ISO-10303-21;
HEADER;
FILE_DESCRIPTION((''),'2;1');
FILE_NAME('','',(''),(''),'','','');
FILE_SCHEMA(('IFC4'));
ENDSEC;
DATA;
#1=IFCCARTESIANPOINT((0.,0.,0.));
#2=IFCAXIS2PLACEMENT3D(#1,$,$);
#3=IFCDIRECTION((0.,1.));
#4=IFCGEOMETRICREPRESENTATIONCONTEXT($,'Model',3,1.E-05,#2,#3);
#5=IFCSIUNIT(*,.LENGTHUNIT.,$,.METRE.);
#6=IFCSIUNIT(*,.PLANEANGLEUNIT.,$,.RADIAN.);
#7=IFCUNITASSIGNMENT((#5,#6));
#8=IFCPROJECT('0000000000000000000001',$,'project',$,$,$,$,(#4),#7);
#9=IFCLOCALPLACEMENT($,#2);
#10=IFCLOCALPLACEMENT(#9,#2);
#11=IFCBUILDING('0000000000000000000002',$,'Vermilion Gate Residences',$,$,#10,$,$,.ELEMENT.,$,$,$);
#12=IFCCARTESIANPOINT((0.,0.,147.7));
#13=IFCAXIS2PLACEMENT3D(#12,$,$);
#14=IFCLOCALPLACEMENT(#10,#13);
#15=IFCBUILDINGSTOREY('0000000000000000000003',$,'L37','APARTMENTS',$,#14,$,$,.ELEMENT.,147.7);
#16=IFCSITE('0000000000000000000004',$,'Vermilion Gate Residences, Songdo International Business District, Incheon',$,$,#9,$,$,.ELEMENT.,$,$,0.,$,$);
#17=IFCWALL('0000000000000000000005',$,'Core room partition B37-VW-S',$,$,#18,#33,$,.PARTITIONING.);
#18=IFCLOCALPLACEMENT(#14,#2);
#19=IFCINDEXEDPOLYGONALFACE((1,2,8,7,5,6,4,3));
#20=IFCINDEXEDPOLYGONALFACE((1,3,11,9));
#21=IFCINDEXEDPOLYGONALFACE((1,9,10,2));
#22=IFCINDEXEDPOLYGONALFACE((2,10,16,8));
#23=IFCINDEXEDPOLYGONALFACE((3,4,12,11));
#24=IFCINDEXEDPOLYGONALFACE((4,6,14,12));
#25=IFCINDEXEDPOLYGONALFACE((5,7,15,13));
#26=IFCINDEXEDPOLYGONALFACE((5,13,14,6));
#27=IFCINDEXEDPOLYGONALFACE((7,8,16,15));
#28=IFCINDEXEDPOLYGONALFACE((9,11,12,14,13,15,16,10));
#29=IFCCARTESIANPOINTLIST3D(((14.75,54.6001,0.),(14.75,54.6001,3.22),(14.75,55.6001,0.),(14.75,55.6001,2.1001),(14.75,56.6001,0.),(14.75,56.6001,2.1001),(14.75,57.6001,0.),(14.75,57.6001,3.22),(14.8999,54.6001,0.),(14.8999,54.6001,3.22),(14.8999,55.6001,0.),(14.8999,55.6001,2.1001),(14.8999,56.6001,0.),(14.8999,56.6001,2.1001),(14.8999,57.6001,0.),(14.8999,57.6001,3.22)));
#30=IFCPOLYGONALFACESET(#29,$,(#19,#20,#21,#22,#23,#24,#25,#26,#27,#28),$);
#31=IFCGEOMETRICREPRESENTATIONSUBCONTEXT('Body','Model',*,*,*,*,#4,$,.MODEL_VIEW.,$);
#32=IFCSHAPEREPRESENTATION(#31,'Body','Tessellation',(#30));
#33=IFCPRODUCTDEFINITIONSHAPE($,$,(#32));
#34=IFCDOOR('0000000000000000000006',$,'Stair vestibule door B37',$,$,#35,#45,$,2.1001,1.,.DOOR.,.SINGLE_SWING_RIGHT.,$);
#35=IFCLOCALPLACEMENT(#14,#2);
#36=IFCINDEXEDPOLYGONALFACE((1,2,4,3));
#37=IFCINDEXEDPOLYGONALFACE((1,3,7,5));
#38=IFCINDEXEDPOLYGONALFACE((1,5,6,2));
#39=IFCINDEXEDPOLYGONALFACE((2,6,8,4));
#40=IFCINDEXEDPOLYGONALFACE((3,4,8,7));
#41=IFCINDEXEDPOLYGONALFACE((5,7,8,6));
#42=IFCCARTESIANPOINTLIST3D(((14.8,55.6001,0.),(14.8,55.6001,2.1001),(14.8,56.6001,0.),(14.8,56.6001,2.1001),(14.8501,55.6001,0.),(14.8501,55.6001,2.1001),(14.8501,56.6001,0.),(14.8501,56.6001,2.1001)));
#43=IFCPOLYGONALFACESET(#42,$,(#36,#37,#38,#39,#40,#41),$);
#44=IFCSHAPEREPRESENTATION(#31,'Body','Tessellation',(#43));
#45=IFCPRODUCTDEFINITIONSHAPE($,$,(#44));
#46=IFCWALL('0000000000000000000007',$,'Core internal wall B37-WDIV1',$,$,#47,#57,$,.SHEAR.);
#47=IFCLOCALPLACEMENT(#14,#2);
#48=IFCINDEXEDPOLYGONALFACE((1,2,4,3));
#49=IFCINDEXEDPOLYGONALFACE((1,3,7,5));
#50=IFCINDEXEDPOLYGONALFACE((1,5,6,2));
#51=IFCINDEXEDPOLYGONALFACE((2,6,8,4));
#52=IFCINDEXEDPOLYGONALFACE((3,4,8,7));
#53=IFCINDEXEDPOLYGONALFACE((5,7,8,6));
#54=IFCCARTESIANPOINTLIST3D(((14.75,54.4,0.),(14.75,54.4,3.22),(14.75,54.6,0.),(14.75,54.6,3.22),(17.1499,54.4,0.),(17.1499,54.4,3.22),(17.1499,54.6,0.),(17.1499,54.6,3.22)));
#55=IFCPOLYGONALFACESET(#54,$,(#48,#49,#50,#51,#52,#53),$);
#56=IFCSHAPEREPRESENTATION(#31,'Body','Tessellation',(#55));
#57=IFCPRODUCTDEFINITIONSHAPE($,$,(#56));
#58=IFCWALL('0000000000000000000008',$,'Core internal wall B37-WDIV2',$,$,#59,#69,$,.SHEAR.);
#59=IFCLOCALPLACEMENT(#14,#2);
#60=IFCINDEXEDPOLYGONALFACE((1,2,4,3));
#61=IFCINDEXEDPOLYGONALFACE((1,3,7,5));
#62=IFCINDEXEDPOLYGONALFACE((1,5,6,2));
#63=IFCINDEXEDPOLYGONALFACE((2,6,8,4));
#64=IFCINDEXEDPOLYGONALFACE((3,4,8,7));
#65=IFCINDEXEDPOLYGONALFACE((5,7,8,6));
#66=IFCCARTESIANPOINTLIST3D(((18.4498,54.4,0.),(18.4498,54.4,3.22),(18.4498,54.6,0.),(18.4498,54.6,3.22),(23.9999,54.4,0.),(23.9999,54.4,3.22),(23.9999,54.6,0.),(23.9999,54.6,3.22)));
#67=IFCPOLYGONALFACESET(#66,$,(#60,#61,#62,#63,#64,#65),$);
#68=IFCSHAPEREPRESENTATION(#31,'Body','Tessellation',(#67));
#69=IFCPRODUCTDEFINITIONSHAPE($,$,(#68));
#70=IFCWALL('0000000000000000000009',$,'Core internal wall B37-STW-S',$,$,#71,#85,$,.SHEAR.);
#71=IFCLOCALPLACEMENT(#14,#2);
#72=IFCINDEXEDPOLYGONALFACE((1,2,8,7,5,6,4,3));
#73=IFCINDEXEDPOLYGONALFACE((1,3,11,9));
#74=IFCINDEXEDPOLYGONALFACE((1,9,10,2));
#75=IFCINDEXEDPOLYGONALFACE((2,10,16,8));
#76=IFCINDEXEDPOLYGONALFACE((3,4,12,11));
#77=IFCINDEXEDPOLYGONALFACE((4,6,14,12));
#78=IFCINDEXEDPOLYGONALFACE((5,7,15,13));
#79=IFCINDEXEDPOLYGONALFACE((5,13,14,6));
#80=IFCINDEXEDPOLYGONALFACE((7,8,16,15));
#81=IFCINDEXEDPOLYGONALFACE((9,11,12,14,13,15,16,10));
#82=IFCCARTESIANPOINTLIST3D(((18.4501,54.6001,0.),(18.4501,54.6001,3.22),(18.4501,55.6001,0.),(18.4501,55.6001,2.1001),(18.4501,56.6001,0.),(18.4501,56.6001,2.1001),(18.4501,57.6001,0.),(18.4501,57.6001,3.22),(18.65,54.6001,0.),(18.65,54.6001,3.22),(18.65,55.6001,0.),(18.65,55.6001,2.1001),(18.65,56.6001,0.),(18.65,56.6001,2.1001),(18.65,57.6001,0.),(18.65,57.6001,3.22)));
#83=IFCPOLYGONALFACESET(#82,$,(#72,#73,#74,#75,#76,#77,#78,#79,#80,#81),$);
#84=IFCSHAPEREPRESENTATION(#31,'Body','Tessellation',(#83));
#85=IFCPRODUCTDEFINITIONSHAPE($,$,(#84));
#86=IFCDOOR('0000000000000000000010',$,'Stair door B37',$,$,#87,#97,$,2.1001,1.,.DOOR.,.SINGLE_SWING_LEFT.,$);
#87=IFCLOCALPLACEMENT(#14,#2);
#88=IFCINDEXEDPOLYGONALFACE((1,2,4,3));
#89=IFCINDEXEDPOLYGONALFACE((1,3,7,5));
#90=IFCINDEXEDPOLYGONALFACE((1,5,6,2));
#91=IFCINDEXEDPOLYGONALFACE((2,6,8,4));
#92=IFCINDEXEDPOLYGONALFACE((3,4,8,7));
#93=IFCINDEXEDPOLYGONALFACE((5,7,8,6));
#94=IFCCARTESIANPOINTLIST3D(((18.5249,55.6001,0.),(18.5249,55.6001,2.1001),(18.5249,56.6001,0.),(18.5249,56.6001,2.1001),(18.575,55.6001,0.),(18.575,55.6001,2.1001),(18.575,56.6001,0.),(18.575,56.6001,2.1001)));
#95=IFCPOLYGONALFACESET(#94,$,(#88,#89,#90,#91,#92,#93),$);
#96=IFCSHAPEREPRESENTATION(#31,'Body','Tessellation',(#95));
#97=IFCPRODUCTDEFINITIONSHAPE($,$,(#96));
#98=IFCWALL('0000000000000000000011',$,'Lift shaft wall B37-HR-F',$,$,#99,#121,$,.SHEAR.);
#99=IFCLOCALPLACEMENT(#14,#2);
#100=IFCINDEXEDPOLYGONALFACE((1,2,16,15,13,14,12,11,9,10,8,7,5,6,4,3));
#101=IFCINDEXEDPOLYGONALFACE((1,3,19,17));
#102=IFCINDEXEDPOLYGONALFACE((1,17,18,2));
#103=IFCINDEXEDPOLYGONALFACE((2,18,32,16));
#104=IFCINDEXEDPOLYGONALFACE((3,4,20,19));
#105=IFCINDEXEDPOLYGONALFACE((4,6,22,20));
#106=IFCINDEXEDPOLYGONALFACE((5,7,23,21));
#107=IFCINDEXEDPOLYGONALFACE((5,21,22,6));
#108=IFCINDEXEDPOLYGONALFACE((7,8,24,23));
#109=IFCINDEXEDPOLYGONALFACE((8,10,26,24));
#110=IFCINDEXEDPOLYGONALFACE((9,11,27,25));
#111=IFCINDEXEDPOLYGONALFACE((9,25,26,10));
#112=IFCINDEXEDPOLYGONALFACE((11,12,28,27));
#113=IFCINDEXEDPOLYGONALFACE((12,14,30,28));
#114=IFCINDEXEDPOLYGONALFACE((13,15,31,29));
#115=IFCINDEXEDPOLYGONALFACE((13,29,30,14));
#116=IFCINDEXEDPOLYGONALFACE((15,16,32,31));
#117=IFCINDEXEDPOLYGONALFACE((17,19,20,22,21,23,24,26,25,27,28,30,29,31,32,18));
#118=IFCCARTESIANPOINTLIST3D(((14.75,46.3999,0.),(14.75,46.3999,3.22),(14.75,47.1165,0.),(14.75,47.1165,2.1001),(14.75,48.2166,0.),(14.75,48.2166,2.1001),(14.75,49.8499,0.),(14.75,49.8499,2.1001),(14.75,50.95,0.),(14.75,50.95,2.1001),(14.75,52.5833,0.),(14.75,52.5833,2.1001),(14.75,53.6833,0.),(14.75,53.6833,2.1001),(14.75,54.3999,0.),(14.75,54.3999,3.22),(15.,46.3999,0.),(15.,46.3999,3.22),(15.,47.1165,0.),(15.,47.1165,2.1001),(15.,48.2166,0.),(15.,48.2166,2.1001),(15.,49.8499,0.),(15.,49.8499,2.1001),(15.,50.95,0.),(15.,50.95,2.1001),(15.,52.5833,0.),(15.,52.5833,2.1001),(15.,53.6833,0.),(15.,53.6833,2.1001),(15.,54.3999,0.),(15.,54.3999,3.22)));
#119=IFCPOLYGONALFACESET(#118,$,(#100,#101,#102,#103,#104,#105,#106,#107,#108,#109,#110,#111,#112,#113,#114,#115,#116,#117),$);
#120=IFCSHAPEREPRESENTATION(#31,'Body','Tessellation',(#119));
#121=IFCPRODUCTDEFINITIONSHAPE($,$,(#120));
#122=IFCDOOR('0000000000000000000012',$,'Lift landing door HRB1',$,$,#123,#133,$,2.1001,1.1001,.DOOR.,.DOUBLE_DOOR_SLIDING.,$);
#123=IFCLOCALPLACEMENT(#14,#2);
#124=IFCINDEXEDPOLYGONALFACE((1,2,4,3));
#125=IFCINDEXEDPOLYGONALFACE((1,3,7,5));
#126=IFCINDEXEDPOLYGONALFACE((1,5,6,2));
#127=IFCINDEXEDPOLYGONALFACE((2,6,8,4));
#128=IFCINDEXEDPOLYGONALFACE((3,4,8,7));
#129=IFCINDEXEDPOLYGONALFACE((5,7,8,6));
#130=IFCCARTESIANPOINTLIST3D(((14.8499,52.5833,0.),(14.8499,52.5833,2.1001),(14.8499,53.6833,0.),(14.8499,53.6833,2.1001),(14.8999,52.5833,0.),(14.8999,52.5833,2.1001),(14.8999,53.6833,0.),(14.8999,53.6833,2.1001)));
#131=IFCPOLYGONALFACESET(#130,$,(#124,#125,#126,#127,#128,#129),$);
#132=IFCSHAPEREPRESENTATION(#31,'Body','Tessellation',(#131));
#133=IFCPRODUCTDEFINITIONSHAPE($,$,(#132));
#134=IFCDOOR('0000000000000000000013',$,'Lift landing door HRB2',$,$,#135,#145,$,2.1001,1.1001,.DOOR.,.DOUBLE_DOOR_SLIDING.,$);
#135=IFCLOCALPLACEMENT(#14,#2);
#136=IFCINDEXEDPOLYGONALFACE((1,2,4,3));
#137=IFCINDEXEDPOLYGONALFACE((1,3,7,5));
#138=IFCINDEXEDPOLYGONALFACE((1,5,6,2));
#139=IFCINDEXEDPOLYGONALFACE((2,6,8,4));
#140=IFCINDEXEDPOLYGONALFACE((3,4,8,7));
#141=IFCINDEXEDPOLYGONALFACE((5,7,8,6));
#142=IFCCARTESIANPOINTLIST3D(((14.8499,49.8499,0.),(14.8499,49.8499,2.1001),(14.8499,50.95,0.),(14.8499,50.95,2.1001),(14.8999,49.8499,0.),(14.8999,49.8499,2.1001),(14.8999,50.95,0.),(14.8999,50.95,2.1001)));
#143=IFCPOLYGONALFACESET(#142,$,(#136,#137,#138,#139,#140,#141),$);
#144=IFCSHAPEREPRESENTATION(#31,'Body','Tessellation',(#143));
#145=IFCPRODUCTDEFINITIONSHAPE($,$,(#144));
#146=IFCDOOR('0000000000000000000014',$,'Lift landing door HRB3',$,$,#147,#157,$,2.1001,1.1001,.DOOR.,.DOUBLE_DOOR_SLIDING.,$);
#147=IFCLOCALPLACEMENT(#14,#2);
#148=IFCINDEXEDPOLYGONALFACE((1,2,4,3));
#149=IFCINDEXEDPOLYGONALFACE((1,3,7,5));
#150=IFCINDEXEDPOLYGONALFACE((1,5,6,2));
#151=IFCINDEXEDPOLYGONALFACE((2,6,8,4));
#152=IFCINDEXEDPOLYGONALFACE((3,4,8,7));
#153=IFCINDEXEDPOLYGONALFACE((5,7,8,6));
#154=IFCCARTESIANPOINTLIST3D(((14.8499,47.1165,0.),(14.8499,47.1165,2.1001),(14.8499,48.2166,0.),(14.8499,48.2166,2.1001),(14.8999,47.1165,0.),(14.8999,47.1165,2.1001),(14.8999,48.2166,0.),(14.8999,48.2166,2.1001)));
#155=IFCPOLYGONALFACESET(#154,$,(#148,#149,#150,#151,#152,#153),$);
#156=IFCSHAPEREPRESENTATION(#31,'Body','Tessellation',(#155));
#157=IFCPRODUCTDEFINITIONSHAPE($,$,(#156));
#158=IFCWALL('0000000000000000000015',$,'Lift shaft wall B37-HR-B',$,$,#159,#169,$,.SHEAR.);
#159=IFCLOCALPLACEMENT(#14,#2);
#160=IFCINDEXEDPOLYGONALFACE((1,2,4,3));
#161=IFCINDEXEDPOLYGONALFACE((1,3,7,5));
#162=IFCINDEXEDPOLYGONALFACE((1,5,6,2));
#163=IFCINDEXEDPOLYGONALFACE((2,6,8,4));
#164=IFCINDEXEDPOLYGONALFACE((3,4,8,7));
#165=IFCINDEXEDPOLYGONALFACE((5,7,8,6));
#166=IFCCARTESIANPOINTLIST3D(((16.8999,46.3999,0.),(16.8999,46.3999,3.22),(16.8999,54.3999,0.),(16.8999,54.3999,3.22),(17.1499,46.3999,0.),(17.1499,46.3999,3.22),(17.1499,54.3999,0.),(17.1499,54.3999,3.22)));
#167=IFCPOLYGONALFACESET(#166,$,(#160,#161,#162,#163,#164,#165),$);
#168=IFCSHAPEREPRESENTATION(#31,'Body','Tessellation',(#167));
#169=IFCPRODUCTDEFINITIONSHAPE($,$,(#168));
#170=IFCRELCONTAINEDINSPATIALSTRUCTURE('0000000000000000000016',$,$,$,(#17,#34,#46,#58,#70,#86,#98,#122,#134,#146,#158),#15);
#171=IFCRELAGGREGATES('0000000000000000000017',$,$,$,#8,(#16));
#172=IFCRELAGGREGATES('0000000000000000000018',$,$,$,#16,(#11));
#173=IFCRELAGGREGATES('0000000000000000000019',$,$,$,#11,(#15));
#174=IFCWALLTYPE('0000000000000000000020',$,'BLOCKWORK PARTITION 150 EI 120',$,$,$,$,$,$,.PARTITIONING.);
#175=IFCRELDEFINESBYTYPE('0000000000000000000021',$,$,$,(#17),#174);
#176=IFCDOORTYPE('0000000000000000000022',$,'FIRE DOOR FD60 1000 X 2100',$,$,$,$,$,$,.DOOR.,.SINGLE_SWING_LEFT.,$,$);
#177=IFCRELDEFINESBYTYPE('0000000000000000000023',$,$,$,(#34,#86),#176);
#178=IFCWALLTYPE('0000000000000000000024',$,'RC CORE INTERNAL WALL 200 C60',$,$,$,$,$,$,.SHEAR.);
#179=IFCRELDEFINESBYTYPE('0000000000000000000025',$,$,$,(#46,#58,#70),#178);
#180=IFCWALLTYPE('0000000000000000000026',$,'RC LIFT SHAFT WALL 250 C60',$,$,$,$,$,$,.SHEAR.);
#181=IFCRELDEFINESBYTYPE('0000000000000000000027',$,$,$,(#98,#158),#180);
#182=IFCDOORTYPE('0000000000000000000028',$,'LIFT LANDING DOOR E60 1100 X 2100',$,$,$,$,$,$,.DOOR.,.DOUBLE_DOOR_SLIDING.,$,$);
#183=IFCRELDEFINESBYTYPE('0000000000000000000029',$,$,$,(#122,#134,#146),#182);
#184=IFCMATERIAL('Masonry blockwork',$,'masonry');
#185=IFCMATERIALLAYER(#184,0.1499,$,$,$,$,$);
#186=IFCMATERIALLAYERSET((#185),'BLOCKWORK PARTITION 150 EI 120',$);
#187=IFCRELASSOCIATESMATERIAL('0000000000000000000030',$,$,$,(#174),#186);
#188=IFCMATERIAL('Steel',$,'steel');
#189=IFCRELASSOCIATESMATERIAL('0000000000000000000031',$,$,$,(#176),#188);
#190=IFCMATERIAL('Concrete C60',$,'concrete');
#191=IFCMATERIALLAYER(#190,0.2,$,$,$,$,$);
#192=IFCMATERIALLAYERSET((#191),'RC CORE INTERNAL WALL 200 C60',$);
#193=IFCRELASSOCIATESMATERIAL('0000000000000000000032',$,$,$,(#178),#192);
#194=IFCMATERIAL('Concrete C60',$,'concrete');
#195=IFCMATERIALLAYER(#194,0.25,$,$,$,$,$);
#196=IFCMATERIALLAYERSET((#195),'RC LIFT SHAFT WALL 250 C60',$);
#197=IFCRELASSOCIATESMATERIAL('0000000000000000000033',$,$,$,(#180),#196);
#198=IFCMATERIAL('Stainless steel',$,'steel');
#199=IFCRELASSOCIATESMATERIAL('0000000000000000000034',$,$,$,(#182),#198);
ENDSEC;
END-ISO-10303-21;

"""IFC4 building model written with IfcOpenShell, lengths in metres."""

from ifc_helpers import new_model, si_unit, direction, frame, frame_2d, origin, place, context, subcontext, project, spatial, rectangle, extrude, material, layer, layer_set, type_object, element, fill, save


model = new_model("IFC4")

# Units and contexts
model_context = context("Model", 3, precision=1e-05, world=origin(), true_north=direction((0.0, 1.0)))
body_context = subcontext(model_context, "Body", "Model", "MODEL_VIEW")
ifc_project = project(units=[si_unit("LENGTHUNIT", "METRE"), si_unit("PLANEANGLEUNIT", "RADIAN")], contexts=[model_context])

# Site, building, storey
site_placement = place(None, origin())
site = spatial("IfcSite", under=ifc_project, at=site_placement, Name="Vermilion Gate Residences, Songdo International Business District, Incheon", CompositionType="ELEMENT", RefElevation=0.0)
building_placement = place(site_placement, origin())
building = spatial("IfcBuilding", under=site, at=building_placement, Name="Vermilion Gate Residences", CompositionType="ELEMENT")
storey_placement = place(building_placement, frame((0.0, 0.0, 147.7)))
storey = spatial("IfcBuildingStorey", under=building, at=storey_placement, Name="L37", Description="APARTMENTS", CompositionType="ELEMENT", Elevation=147.7)

# Wall, opening, door
ifc_material_1 = material(Name="Masonry blockwork", Category="masonry")
ifc_layer_1 = layer(ifc_material_1, 0.1499)
ifc_layer_set_1 = layer_set([ifc_layer_1], Name="BLOCKWORK PARTITION 150 EI 120")
wall_type_1 = type_object("IfcWallType", Name="BLOCKWORK PARTITION 150 EI 120", PredefinedType="PARTITIONING", material=ifc_layer_set_1)
wall_1_placement = place(storey_placement, frame((14.825, 57.6001, 0.0), z_axis=(0.0, 0.0, 1.0), x_axis=(0.0, -1.0, 0.0)))
wall_1 = element("IfcWall", 1, at=wall_1_placement, inside=storey, type_object=wall_type_1, Name="Core room partition B37-VW-S", PredefinedType="PARTITIONING", context=body_context, shape_type="SweptSolid", body=[
    extrude(rectangle(XDim=3.0, YDim=0.1499, at=frame_2d((1.5, 0.0))), origin(), (0.0, 0.0, 1.0), 3.22),
])
opening_1_placement = place(wall_1_placement, frame((1.0, 0.0, 0.0)))
opening_1 = element("IfcOpeningElement", 2, at=opening_1_placement, cuts=wall_1, PredefinedType="OPENING", context=body_context, shape_type="SweptSolid", body=[
    extrude(rectangle(XDim=1.0, YDim=2.1001, at=frame_2d((0.5, 1.05))), frame((0.0, 0.085, 0.0), z_axis=(0.0, -1.0, 0.0), x_axis=(1.0, 0.0, 0.0)), (0.0, 0.0, 1.0), 0.1699),
])
ifc_material_2 = material(Name="Steel", Category="steel")
door_type_1 = type_object("IfcDoorType", Name="FIRE DOOR FD60 1000 X 2100", OperationType="SINGLE_SWING_LEFT", PredefinedType="DOOR", material=ifc_material_2)
door_1_placement = place(opening_1_placement, frame((1.0, 0.0, 0.0), z_axis=(0.0, 0.0, 1.0), x_axis=(-1.0, 0.0, 0.0)))
door_1 = element("IfcDoor", 3, at=door_1_placement, inside=storey, type_object=door_type_1, Name="Stair vestibule door B37", OperationType="SINGLE_SWING_RIGHT", OverallHeight=2.1001, OverallWidth=1.0, PredefinedType="DOOR", context=body_context, shape_type="SweptSolid", body=[
    extrude(rectangle(XDim=1.0, YDim=2.1001, at=frame_2d((0.5, 1.05))), frame((0.0, 0.0249, 0.0), z_axis=(0.0, -1.0, 0.0), x_axis=(1.0, 0.0, 0.0)), (0.0, 0.0, 1.0), 0.05),
])
fill(opening_1, door_1)

# Walls
ifc_material_3 = material(Name="Concrete C60", Category="concrete")
ifc_layer_2 = layer(ifc_material_3, 0.2)
ifc_layer_set_2 = layer_set([ifc_layer_2], Name="RC CORE INTERNAL WALL 200 C60")
wall_type_2 = type_object("IfcWallType", Name="RC CORE INTERNAL WALL 200 C60", PredefinedType="SHEAR", material=ifc_layer_set_2)
wall_2_placement = place(storey_placement, frame((14.75, 54.5, 0.0), z_axis=(0.0, 0.0, 1.0), x_axis=(1.0, 0.0, 0.0)))
element("IfcWall", 4, at=wall_2_placement, inside=storey, type_object=wall_type_2, Name="Core internal wall B37-WDIV1", PredefinedType="SHEAR", context=body_context, shape_type="SweptSolid", body=[
    extrude(rectangle(XDim=2.3999, YDim=0.2, at=frame_2d((1.2, 0.0))), origin(), (0.0, 0.0, 1.0), 3.22),
])
wall_3_placement = place(storey_placement, frame((18.45, 54.5, 0.0), z_axis=(0.0, 0.0, 1.0), x_axis=(1.0, 0.0, 0.0)))
element("IfcWall", 5, at=wall_3_placement, inside=storey, type_object=wall_type_2, Name="Core internal wall B37-WDIV2", PredefinedType="SHEAR", context=body_context, shape_type="SweptSolid", body=[
    extrude(rectangle(XDim=5.55, YDim=0.2, at=frame_2d((2.7749, 0.0))), origin(), (0.0, 0.0, 1.0), 3.22),
])

# Wall, opening, door
wall_4_placement = place(storey_placement, frame((18.55, 57.6001, 0.0), z_axis=(0.0, 0.0, 1.0), x_axis=(0.0, -1.0, 0.0)))
wall_4 = element("IfcWall", 6, at=wall_4_placement, inside=storey, type_object=wall_type_2, Name="Core internal wall B37-STW-S", PredefinedType="SHEAR", context=body_context, shape_type="SweptSolid", body=[
    extrude(rectangle(XDim=3.0, YDim=0.2, at=frame_2d((1.5, 0.0))), origin(), (0.0, 0.0, 1.0), 3.22),
])
opening_2_placement = place(wall_4_placement, frame((1.0, 0.0, 0.0)))
opening_2 = element("IfcOpeningElement", 7, at=opening_2_placement, cuts=wall_4, PredefinedType="OPENING", context=body_context, shape_type="SweptSolid", body=[
    extrude(rectangle(XDim=1.0, YDim=2.1001, at=frame_2d((0.5, 1.05))), frame((0.0, 0.1099, 0.0), z_axis=(0.0, -1.0, 0.0), x_axis=(1.0, 0.0, 0.0)), (0.0, 0.0, 1.0), 0.22),
])
door_2_placement = place(opening_2_placement, origin())
door_2 = element("IfcDoor", 8, at=door_2_placement, inside=storey, type_object=door_type_1, Name="Stair door B37", OperationType="SINGLE_SWING_LEFT", OverallHeight=2.1001, OverallWidth=1.0, PredefinedType="DOOR", context=body_context, shape_type="SweptSolid", body=[
    extrude(rectangle(XDim=1.0, YDim=2.1001, at=frame_2d((0.5, 1.05))), frame((0.0, 0.0249, 0.0), z_axis=(0.0, -1.0, 0.0), x_axis=(1.0, 0.0, 0.0)), (0.0, 0.0, 1.0), 0.05),
])
fill(opening_2, door_2)

# Wall, openings, doors
ifc_material_4 = material(Name="Concrete C60", Category="concrete")
ifc_layer_3 = layer(ifc_material_4, 0.25)
ifc_layer_set_3 = layer_set([ifc_layer_3], Name="RC LIFT SHAFT WALL 250 C60")
wall_type_3 = type_object("IfcWallType", Name="RC LIFT SHAFT WALL 250 C60", PredefinedType="SHEAR", material=ifc_layer_set_3)
wall_5_placement = place(storey_placement, frame((14.875, 54.3999, 0.0), z_axis=(0.0, 0.0, 1.0), x_axis=(0.0, -1.0, 0.0)))
wall_5 = element("IfcWall", 9, at=wall_5_placement, inside=storey, type_object=wall_type_3, Name="Lift shaft wall B37-HR-F", PredefinedType="SHEAR", context=body_context, shape_type="SweptSolid", body=[
    extrude(rectangle(XDim=8.0, YDim=0.25, at=frame_2d((4.0, 0.0))), origin(), (0.0, 0.0, 1.0), 3.22),
])
opening_3_placement = place(wall_5_placement, frame((0.7166, 0.0, 0.0)))
opening_3 = element("IfcOpeningElement", 10, at=opening_3_placement, cuts=wall_5, PredefinedType="OPENING", context=body_context, shape_type="SweptSolid", body=[
    extrude(rectangle(XDim=1.1001, YDim=2.1001, at=frame_2d((0.55, 1.05))), frame((0.0, 0.135, 0.0), z_axis=(0.0, -1.0, 0.0), x_axis=(1.0, 0.0, 0.0)), (0.0, 0.0, 1.0), 0.27),
])
opening_4_placement = place(wall_5_placement, frame((3.45, 0.0, 0.0)))
opening_4 = element("IfcOpeningElement", 11, at=opening_4_placement, cuts=wall_5, PredefinedType="OPENING", context=body_context, shape_type="SweptSolid", body=[
    extrude(rectangle(XDim=1.1001, YDim=2.1001, at=frame_2d((0.55, 1.05))), frame((0.0, 0.135, 0.0), z_axis=(0.0, -1.0, 0.0), x_axis=(1.0, 0.0, 0.0)), (0.0, 0.0, 1.0), 0.27),
])
opening_5_placement = place(wall_5_placement, frame((6.1833, 0.0, 0.0)))
opening_5 = element("IfcOpeningElement", 12, at=opening_5_placement, cuts=wall_5, PredefinedType="OPENING", context=body_context, shape_type="SweptSolid", body=[
    extrude(rectangle(XDim=1.1001, YDim=2.1001, at=frame_2d((0.55, 1.05))), frame((0.0, 0.135, 0.0), z_axis=(0.0, -1.0, 0.0), x_axis=(1.0, 0.0, 0.0)), (0.0, 0.0, 1.0), 0.27),
])
ifc_material_5 = material(Name="Stainless steel", Category="steel")
door_type_2 = type_object("IfcDoorType", Name="LIFT LANDING DOOR E60 1100 X 2100", OperationType="DOUBLE_DOOR_SLIDING", PredefinedType="DOOR", material=ifc_material_5)
door_3_placement = place(opening_3_placement, origin())
door_3 = element("IfcDoor", 13, at=door_3_placement, inside=storey, type_object=door_type_2, Name="Lift landing door HRB1", OperationType="DOUBLE_DOOR_SLIDING", OverallHeight=2.1001, OverallWidth=1.1001, PredefinedType="DOOR", context=body_context, shape_type="SweptSolid", body=[
    extrude(rectangle(XDim=1.1001, YDim=2.1001, at=frame_2d((0.55, 1.05))), frame((0.0, 0.0249, 0.0), z_axis=(0.0, -1.0, 0.0), x_axis=(1.0, 0.0, 0.0)), (0.0, 0.0, 1.0), 0.05),
])
fill(opening_3, door_3)
door_4_placement = place(opening_4_placement, origin())
door_4 = element("IfcDoor", 14, at=door_4_placement, inside=storey, type_object=door_type_2, Name="Lift landing door HRB2", OperationType="DOUBLE_DOOR_SLIDING", OverallHeight=2.1001, OverallWidth=1.1001, PredefinedType="DOOR", context=body_context, shape_type="SweptSolid", body=[
    extrude(rectangle(XDim=1.1001, YDim=2.1001, at=frame_2d((0.55, 1.05))), frame((0.0, 0.0249, 0.0), z_axis=(0.0, -1.0, 0.0), x_axis=(1.0, 0.0, 0.0)), (0.0, 0.0, 1.0), 0.05),
])
fill(opening_4, door_4)
door_5_placement = place(opening_5_placement, origin())
door_5 = element("IfcDoor", 15, at=door_5_placement, inside=storey, type_object=door_type_2, Name="Lift landing door HRB3", OperationType="DOUBLE_DOOR_SLIDING", OverallHeight=2.1001, OverallWidth=1.1001, PredefinedType="DOOR", context=body_context, shape_type="SweptSolid", body=[
    extrude(rectangle(XDim=1.1001, YDim=2.1001, at=frame_2d((0.55, 1.05))), frame((0.0, 0.0249, 0.0), z_axis=(0.0, -1.0, 0.0), x_axis=(1.0, 0.0, 0.0)), (0.0, 0.0, 1.0), 0.05),
])
fill(opening_5, door_5)

# Wall
wall_6_placement = place(storey_placement, frame((17.0249, 54.3999, 0.0), z_axis=(0.0, 0.0, 1.0), x_axis=(0.0, -1.0, 0.0)))
element("IfcWall", 16, at=wall_6_placement, inside=storey, type_object=wall_type_3, Name="Lift shaft wall B37-HR-B", PredefinedType="SHEAR", context=body_context, shape_type="SweptSolid", body=[
    extrude(rectangle(XDim=8.0, YDim=0.25, at=frame_2d((4.0, 0.0))), origin(), (0.0, 0.0, 1.0), 3.22),
])

save(model, "model.ifc")
